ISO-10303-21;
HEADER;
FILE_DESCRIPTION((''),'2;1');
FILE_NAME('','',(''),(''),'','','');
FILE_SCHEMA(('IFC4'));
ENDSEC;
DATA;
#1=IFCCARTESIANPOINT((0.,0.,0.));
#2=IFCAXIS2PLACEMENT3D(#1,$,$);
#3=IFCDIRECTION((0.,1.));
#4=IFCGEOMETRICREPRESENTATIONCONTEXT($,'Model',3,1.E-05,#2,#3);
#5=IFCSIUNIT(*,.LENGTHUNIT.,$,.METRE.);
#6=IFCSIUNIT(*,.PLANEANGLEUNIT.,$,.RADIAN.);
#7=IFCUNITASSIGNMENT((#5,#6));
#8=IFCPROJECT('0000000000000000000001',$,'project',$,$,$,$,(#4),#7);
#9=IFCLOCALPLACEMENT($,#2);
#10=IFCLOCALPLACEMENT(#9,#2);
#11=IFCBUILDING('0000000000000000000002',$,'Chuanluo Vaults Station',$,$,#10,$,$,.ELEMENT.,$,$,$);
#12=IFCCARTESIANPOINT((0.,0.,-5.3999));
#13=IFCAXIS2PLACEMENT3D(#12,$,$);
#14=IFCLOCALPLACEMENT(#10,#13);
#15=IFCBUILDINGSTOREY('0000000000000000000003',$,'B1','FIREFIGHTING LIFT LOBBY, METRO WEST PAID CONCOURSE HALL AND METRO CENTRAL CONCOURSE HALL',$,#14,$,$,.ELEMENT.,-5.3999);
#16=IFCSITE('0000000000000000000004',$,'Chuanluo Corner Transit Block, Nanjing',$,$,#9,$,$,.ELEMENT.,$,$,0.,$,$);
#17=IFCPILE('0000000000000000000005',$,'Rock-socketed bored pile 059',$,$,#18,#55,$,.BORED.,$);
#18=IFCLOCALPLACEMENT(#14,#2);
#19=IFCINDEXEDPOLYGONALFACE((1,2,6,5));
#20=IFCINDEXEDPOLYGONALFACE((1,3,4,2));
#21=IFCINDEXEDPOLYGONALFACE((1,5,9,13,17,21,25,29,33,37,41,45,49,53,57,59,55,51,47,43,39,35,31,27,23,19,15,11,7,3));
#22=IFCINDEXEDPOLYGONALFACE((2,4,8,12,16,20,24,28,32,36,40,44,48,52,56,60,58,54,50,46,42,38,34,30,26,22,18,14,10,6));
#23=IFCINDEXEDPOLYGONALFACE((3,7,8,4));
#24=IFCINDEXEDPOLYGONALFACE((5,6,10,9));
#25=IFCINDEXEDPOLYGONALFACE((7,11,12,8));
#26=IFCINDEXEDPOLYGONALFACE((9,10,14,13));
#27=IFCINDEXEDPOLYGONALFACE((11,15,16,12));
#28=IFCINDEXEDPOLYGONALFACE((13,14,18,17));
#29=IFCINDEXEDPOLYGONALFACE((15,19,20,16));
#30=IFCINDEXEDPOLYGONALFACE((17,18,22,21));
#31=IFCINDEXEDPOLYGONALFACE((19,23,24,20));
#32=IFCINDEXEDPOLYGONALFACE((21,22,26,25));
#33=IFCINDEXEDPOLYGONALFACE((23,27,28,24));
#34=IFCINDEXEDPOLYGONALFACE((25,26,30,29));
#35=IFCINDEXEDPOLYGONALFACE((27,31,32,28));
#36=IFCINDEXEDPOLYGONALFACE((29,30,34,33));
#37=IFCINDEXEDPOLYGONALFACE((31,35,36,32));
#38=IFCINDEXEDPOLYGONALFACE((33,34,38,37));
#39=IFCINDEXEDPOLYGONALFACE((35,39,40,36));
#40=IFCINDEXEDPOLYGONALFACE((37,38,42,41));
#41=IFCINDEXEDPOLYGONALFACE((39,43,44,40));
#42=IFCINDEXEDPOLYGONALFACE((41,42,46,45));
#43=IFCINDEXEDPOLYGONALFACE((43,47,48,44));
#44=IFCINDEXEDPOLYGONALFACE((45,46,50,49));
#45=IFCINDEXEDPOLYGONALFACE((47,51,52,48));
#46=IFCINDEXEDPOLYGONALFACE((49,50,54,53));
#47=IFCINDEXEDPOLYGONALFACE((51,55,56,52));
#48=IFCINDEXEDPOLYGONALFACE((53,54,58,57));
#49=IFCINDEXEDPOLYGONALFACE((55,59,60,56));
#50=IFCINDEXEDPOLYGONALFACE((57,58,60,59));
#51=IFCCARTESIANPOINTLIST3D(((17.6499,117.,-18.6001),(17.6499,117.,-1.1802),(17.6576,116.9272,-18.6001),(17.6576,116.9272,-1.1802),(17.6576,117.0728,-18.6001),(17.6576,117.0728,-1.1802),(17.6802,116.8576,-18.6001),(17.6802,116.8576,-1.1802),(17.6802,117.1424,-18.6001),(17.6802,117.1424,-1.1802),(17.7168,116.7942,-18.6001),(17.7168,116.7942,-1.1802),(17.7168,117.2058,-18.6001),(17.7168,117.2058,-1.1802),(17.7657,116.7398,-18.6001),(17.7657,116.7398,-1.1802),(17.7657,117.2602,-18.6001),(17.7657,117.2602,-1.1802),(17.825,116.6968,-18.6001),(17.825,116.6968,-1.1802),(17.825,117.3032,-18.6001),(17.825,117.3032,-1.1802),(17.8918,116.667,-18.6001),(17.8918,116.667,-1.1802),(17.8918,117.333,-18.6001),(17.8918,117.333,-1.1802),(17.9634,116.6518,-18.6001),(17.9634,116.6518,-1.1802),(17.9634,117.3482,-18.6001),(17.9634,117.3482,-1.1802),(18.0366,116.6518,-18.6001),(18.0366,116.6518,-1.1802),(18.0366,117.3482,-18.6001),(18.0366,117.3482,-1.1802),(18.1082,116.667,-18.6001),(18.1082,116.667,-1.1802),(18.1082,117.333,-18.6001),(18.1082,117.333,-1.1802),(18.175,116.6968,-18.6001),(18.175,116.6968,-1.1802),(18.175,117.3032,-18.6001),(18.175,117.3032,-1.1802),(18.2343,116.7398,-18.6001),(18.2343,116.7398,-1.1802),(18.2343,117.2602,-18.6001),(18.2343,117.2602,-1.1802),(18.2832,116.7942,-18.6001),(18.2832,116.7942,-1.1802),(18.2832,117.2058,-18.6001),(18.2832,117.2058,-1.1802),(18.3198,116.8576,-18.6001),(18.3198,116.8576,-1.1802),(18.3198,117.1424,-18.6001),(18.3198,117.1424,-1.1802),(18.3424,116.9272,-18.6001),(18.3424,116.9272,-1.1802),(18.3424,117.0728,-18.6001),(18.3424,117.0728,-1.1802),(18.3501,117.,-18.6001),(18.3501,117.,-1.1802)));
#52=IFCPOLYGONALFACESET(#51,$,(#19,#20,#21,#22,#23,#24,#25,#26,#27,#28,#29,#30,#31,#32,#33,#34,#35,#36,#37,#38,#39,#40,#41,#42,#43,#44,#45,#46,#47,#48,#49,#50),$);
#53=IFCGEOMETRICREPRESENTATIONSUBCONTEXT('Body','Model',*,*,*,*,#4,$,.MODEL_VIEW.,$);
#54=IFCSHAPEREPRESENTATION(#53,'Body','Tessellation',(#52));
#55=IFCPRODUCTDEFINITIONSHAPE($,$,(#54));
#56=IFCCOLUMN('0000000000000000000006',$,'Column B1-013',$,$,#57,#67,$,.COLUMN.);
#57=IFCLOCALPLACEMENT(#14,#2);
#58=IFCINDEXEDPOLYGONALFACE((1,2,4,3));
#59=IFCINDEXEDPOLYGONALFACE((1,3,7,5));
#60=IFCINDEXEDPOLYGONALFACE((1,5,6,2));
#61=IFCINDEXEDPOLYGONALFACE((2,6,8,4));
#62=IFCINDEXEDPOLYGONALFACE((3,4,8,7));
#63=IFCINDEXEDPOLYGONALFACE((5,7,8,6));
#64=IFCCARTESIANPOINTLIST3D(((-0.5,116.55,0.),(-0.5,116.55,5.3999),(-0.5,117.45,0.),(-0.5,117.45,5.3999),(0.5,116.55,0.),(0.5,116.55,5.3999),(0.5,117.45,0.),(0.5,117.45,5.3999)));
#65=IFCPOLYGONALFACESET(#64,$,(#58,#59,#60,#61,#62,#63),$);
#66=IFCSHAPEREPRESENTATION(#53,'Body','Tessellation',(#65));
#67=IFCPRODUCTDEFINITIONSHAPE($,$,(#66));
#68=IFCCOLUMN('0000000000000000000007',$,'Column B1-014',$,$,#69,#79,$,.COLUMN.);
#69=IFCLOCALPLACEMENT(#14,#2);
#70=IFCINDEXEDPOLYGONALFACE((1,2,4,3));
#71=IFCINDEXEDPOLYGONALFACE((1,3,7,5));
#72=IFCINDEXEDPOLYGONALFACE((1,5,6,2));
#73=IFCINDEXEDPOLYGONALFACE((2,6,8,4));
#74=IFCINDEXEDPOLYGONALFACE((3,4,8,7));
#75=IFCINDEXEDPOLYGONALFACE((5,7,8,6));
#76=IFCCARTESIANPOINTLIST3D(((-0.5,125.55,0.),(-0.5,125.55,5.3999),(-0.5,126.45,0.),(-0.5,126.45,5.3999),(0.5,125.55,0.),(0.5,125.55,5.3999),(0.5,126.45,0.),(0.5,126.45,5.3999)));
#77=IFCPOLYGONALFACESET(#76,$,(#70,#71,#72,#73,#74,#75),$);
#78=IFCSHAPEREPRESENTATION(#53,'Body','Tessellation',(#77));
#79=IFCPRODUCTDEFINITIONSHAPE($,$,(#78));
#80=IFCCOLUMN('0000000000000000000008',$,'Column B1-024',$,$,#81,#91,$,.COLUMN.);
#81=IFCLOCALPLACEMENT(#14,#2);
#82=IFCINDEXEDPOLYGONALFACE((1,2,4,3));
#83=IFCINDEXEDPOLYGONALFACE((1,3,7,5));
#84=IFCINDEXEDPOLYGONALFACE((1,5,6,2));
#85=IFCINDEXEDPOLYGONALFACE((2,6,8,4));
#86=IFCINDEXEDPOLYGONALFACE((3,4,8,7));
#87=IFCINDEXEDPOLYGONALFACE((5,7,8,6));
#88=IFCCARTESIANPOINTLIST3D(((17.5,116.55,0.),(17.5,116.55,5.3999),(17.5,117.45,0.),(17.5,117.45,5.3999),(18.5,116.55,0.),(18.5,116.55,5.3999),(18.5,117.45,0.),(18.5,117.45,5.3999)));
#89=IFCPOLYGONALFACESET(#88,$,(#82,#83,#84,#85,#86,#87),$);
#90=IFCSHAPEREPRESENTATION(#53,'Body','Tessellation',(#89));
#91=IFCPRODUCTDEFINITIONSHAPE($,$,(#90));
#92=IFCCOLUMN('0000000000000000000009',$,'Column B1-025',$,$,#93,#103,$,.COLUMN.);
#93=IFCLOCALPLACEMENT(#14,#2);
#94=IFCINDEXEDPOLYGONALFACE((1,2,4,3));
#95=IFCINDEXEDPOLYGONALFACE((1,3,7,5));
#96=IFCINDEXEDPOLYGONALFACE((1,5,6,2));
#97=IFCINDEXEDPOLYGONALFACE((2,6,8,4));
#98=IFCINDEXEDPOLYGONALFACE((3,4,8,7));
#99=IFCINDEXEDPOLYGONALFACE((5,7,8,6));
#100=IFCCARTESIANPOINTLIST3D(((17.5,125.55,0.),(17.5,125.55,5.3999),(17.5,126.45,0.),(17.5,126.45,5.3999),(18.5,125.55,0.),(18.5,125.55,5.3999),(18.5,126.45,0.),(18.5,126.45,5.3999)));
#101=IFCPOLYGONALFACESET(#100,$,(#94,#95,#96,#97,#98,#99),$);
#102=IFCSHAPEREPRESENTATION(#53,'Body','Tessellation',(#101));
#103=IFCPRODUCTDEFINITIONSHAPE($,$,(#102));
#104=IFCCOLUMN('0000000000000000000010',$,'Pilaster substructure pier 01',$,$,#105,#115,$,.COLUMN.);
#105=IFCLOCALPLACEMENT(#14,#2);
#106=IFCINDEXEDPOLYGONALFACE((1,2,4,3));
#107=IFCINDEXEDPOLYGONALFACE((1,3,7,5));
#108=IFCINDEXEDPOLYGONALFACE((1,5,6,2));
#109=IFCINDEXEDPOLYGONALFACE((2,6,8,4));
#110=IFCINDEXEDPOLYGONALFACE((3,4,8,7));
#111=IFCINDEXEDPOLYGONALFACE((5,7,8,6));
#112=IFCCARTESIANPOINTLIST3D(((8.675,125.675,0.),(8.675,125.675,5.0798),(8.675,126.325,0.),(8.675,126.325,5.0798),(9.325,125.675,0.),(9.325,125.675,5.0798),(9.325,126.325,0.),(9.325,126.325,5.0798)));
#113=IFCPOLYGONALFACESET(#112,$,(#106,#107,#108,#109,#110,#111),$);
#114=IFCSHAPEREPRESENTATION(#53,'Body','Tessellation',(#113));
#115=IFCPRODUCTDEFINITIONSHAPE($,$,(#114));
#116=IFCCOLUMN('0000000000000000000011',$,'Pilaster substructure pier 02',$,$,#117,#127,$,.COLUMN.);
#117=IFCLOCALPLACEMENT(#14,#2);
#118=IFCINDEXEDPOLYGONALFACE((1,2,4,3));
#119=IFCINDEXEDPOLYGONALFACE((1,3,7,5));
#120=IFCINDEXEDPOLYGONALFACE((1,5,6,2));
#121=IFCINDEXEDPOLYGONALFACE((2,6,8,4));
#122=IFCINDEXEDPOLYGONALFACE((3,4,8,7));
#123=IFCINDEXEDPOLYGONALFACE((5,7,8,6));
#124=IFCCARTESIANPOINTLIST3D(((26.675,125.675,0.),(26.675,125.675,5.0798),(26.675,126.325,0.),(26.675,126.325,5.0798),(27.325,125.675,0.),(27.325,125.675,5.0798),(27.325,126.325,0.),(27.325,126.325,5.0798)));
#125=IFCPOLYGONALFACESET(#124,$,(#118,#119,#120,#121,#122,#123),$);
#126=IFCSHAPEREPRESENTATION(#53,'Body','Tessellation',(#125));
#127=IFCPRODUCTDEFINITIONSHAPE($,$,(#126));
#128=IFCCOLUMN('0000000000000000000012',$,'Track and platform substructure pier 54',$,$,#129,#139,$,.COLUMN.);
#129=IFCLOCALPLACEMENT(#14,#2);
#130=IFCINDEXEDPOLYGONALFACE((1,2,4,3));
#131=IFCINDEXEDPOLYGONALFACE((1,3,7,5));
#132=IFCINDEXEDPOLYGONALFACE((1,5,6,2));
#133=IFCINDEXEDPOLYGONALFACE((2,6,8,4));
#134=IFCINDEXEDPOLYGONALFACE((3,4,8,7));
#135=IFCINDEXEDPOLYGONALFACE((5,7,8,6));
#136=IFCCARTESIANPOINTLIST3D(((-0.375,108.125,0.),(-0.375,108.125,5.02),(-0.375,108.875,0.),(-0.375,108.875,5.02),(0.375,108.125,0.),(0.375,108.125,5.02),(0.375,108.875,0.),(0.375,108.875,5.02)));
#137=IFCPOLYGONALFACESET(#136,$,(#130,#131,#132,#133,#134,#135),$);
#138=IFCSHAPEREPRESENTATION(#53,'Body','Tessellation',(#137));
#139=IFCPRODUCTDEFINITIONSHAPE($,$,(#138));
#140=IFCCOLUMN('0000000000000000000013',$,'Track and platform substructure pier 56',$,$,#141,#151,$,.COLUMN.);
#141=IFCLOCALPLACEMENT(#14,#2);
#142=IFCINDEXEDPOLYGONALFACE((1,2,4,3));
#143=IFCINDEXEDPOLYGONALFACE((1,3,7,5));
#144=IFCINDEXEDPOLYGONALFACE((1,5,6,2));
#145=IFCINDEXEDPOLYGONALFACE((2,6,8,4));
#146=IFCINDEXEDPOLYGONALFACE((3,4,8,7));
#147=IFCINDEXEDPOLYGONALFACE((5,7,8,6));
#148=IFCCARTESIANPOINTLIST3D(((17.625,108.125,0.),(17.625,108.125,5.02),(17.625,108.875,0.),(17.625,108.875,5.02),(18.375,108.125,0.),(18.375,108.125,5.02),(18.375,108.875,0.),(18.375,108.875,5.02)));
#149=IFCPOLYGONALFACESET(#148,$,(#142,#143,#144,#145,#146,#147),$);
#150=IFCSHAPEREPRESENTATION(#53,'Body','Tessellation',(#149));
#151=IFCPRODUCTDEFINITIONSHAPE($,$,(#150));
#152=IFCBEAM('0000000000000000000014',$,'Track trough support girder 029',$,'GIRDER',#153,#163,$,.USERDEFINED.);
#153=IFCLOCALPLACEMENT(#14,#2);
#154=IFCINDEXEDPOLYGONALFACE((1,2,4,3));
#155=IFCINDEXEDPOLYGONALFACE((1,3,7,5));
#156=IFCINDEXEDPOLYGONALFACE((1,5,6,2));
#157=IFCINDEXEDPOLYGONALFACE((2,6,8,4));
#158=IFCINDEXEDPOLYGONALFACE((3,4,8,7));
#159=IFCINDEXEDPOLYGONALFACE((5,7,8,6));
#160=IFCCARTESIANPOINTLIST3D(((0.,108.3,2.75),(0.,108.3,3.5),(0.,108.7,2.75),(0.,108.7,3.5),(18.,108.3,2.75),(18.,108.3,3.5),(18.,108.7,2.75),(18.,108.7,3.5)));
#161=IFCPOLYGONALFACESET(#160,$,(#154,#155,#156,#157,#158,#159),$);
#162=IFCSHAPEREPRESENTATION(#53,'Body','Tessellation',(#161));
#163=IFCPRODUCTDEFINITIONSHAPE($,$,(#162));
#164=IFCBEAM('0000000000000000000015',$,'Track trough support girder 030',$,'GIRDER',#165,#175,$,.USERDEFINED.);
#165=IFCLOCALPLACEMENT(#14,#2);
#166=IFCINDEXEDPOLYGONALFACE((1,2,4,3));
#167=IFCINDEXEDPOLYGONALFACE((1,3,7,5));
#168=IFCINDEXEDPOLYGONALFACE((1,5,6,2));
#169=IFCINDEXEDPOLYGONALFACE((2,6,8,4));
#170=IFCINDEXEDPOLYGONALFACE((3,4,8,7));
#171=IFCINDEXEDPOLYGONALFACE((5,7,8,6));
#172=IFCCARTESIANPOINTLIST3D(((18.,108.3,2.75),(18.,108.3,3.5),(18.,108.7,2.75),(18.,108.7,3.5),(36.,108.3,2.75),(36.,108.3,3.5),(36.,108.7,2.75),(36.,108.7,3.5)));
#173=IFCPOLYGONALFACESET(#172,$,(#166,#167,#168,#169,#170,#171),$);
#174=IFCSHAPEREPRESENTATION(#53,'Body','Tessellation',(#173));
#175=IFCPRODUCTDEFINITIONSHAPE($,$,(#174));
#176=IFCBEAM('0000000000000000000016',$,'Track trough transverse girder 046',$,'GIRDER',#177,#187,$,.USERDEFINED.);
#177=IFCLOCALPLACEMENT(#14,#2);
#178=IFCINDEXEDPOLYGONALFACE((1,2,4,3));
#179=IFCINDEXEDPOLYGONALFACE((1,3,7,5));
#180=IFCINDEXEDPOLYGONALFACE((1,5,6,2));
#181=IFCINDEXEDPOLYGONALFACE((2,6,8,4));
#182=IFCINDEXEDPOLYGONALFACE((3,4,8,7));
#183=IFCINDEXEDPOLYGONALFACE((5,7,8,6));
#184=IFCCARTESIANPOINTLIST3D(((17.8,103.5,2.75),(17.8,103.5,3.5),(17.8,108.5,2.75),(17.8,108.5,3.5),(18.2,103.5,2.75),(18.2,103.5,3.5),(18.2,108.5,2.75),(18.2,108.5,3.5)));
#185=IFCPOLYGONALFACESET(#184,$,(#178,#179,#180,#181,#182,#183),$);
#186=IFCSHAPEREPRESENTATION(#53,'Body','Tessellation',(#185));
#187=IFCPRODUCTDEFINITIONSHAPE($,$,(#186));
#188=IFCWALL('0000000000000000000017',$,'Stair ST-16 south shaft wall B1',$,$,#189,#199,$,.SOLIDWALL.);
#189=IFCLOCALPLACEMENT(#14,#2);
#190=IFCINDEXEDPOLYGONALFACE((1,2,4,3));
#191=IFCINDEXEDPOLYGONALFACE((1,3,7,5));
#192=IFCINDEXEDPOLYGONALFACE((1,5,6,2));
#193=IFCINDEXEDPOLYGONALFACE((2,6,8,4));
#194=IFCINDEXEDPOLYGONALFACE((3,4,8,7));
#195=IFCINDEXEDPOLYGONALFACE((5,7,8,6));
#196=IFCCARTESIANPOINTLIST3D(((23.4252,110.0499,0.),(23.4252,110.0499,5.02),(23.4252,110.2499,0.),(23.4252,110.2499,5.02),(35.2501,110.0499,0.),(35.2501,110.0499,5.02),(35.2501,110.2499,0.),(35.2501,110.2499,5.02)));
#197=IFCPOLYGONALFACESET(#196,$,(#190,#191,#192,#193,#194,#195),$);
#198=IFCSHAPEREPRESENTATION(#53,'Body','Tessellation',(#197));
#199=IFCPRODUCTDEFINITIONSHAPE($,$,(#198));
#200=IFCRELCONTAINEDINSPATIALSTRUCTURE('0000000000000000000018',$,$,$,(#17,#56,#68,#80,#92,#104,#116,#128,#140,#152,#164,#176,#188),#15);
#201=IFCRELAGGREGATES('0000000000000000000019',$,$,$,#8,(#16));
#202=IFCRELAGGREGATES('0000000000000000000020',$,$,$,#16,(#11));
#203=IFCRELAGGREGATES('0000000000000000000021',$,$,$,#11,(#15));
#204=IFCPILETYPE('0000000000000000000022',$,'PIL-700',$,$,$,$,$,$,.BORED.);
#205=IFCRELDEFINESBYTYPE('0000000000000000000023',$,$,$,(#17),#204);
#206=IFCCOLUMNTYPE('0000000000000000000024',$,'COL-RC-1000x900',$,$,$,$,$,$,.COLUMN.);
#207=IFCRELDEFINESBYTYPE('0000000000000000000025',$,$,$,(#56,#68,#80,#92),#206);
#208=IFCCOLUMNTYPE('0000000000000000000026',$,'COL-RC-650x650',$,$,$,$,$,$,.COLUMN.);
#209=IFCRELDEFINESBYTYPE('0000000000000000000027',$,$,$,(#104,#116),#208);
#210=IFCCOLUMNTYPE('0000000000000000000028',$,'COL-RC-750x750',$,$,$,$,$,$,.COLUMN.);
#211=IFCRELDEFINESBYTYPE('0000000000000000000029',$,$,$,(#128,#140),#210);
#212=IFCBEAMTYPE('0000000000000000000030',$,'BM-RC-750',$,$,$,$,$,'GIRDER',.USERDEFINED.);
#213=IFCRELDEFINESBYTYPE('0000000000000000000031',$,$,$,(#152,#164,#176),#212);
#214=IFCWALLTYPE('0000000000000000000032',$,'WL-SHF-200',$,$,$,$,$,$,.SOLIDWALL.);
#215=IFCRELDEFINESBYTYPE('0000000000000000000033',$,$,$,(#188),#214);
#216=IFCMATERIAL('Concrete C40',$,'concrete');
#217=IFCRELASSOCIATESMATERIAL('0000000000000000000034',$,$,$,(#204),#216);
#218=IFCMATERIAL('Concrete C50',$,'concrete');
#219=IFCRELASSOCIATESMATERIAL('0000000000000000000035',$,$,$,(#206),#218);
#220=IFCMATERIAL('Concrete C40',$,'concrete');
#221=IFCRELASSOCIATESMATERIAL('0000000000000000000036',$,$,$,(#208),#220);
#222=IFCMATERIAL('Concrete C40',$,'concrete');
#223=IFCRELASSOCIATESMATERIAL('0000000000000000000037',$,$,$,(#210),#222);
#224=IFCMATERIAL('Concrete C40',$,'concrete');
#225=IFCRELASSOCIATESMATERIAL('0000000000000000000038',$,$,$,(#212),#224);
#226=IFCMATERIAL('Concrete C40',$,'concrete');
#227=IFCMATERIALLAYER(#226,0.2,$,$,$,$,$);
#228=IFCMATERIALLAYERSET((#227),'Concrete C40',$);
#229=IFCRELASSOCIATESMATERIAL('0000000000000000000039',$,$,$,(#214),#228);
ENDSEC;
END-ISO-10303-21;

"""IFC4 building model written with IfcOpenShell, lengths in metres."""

from ifc_helpers import new_model, si_unit, direction, frame, frame_2d, origin, origin_2d, place, context, subcontext, project, spatial, rectangle, circle, extrude, material, layer, layer_set, material_profile, profile_set, type_object, element, save


model = new_model("IFC4")

# Units and contexts
model_context = context("Model", 3, precision=1e-05, world=origin(), true_north=direction((0.0, 1.0)))
body_context = subcontext(model_context, "Body", "Model", "MODEL_VIEW")
ifc_project = project(units=[si_unit("LENGTHUNIT", "METRE"), si_unit("PLANEANGLEUNIT", "RADIAN")], contexts=[model_context])

# Site, building, storey
site_placement = place(None, origin())
site = spatial("IfcSite", under=ifc_project, at=site_placement, Name="Chuanluo Corner Transit Block, Nanjing", CompositionType="ELEMENT", RefElevation=0.0)
building_placement = place(site_placement, origin())
building = spatial("IfcBuilding", under=site, at=building_placement, Name="Chuanluo Vaults Station", CompositionType="ELEMENT")
storey_placement = place(building_placement, frame((0.0, 0.0, -5.3999)))
storey = spatial("IfcBuildingStorey", under=building, at=storey_placement, Name="B1", Description="FIREFIGHTING LIFT LOBBY, METRO WEST PAID CONCOURSE HALL AND METRO CENTRAL CONCOURSE HALL", CompositionType="ELEMENT", Elevation=-5.3999)

# Pile
ifc_material_1 = material(Name="Concrete C40", Category="concrete")
ifc_material_profile_1 = material_profile(ifc_material_1, circle(Radius=0.3501, at=origin_2d()))
ifc_profile_set_1 = profile_set([ifc_material_profile_1], Name="Concrete C40")
pile_type_1 = type_object("IfcPileType", Name="PIL-700", PredefinedType="BORED", material=ifc_profile_set_1)
for number, where, z_axis, x_axis, name in (
    (1, (18.0, 117.0, -1.1802), (0.0, 0.0, -1.0), (1.0, 0.0, 0.0), "Rock-socketed bored pile 059"),
):
    element("IfcPile", number, at=place(storey_placement, frame(where, z_axis=z_axis, x_axis=x_axis)), inside=storey, type_object=pile_type_1, Name=name, PredefinedType="BORED", context=body_context, shape_type="SweptSolid", body=[
        extrude(circle(Radius=0.3501, at=origin_2d()), origin(), (0.0, 0.0, 1.0), 17.4199),
    ])

# Columns
ifc_material_2 = material(Name="Concrete C50", Category="concrete")
ifc_material_profile_2 = material_profile(ifc_material_2, rectangle(XDim=1.0, YDim=0.8999, at=origin_2d()))
ifc_profile_set_2 = profile_set([ifc_material_profile_2], Name="Concrete C50")
column_type_1 = type_object("IfcColumnType", Name="COL-RC-1000x900", PredefinedType="COLUMN", material=ifc_profile_set_2)
for number, where, z_axis, x_axis, name in (
    (2, (0.0, 117.0, 0.0), (0.0, 0.0, 1.0), (1.0, 0.0, 0.0), "Column B1-013"),
    (3, (0.0, 126.0, 0.0), (0.0, 0.0, 1.0), (1.0, 0.0, 0.0), "Column B1-014"),
    (4, (18.0, 117.0, 0.0), (0.0, 0.0, 1.0), (1.0, 0.0, 0.0), "Column B1-024"),
    (5, (18.0, 126.0, 0.0), (0.0, 0.0, 1.0), (1.0, 0.0, 0.0), "Column B1-025"),
):
    element("IfcColumn", number, at=place(storey_placement, frame(where, z_axis=z_axis, x_axis=x_axis)), inside=storey, type_object=column_type_1, Name=name, PredefinedType="COLUMN", context=body_context, shape_type="SweptSolid", body=[
        extrude(rectangle(XDim=1.0, YDim=0.8999, at=origin_2d()), origin(), (0.0, 0.0, 1.0), 5.3999),
    ])
ifc_material_3 = material(Name="Concrete C40", Category="concrete")
ifc_material_profile_3 = material_profile(ifc_material_3, rectangle(XDim=0.6499, YDim=0.6499, at=origin_2d()))
ifc_profile_set_3 = profile_set([ifc_material_profile_3], Name="Concrete C40")
column_type_2 = type_object("IfcColumnType", Name="COL-RC-650x650", PredefinedType="COLUMN", material=ifc_profile_set_3)
for number, where, z_axis, x_axis, name in (
    (6, (9.0, 126.0, 0.0), (0.0, 0.0, 1.0), (1.0, 0.0, 0.0), "Pilaster substructure pier 01"),
    (7, (27.0, 126.0, 0.0), (0.0, 0.0, 1.0), (1.0, 0.0, 0.0), "Pilaster substructure pier 02"),
):
    element("IfcColumn", number, at=place(storey_placement, frame(where, z_axis=z_axis, x_axis=x_axis)), inside=storey, type_object=column_type_2, Name=name, PredefinedType="COLUMN", context=body_context, shape_type="SweptSolid", body=[
        extrude(rectangle(XDim=0.6499, YDim=0.6499, at=origin_2d()), origin(), (0.0, 0.0, 1.0), 5.0798),
    ])
ifc_material_4 = material(Name="Concrete C40", Category="concrete")
ifc_material_profile_4 = material_profile(ifc_material_4, rectangle(XDim=0.75, YDim=0.75, at=origin_2d()))
ifc_profile_set_4 = profile_set([ifc_material_profile_4], Name="Concrete C40")
column_type_3 = type_object("IfcColumnType", Name="COL-RC-750x750", PredefinedType="COLUMN", material=ifc_profile_set_4)
for number, where, z_axis, x_axis, name in (
    (8, (0.0, 108.5, 0.0), (0.0, 0.0, 1.0), (1.0, 0.0, 0.0), "Track and platform substructure pier 54"),
    (9, (18.0, 108.5, 0.0), (0.0, 0.0, 1.0), (1.0, 0.0, 0.0), "Track and platform substructure pier 56"),
):
    element("IfcColumn", number, at=place(storey_placement, frame(where, z_axis=z_axis, x_axis=x_axis)), inside=storey, type_object=column_type_3, Name=name, PredefinedType="COLUMN", context=body_context, shape_type="SweptSolid", body=[
        extrude(rectangle(XDim=0.75, YDim=0.75, at=origin_2d()), origin(), (0.0, 0.0, 1.0), 5.02),
    ])

# Beams
ifc_material_5 = material(Name="Concrete C40", Category="concrete")
ifc_material_profile_5 = material_profile(ifc_material_5, rectangle(XDim=0.3999, YDim=0.75, at=origin_2d()))
ifc_profile_set_5 = profile_set([ifc_material_profile_5], Name="Concrete C40")
beam_type = type_object("IfcBeamType", Name="BM-RC-750", ElementType="GIRDER", PredefinedType="USERDEFINED", material=ifc_profile_set_5)
for number, where, z_axis, x_axis, name in (
    (10, (0.0, 108.5, 3.125), (1.0, 0.0, 0.0), (0.0, 1.0, 0.0), "Track trough support girder 029"),
    (11, (18.0, 108.5, 3.125), (1.0, 0.0, 0.0), (0.0, 1.0, 0.0), "Track trough support girder 030"),
):
    element("IfcBeam", number, at=place(storey_placement, frame(where, z_axis=z_axis, x_axis=x_axis)), inside=storey, type_object=beam_type, Name=name, ObjectType="GIRDER", PredefinedType="USERDEFINED", context=body_context, shape_type="SweptSolid", body=[
        extrude(rectangle(XDim=0.3999, YDim=0.75, at=origin_2d()), origin(), (0.0, 0.0, 1.0), 18.0),
    ])
beam_placement = place(storey_placement, frame((18.0, 103.5, 3.125), z_axis=(0.0, 1.0, 0.0), x_axis=(-1.0, 0.0, 0.0)))
element("IfcBeam", 12, at=beam_placement, inside=storey, type_object=beam_type, Name="Track trough transverse girder 046", ObjectType="GIRDER", PredefinedType="USERDEFINED", context=body_context, shape_type="SweptSolid", body=[
    extrude(rectangle(XDim=0.3999, YDim=0.75, at=origin_2d()), origin(), (0.0, 0.0, 1.0), 5.0),
])

# Wall
ifc_material_6 = material(Name="Concrete C40", Category="concrete")
ifc_layer = layer(ifc_material_6, 0.2)
ifc_layer_set = layer_set([ifc_layer], Name="Concrete C40")
wall_type = type_object("IfcWallType", Name="WL-SHF-200", PredefinedType="SOLIDWALL", material=ifc_layer_set)
for number, where, z_axis, x_axis, name in (
    (13, (23.425, 110.1499, 0.0), (0.0, 0.0, 1.0), (1.0, 0.0, 0.0), "Stair ST-16 south shaft wall B1"),
):
    element("IfcWall", number, at=place(storey_placement, frame(where, z_axis=z_axis, x_axis=x_axis)), inside=storey, type_object=wall_type, Name=name, PredefinedType="SOLIDWALL", context=body_context, shape_type="SweptSolid", body=[
        extrude(rectangle(XDim=11.825, YDim=0.2, at=frame_2d((5.9126, 0.0))), origin(), (0.0, 0.0, 1.0), 5.02),
    ])

save(model, "model.ifc")
